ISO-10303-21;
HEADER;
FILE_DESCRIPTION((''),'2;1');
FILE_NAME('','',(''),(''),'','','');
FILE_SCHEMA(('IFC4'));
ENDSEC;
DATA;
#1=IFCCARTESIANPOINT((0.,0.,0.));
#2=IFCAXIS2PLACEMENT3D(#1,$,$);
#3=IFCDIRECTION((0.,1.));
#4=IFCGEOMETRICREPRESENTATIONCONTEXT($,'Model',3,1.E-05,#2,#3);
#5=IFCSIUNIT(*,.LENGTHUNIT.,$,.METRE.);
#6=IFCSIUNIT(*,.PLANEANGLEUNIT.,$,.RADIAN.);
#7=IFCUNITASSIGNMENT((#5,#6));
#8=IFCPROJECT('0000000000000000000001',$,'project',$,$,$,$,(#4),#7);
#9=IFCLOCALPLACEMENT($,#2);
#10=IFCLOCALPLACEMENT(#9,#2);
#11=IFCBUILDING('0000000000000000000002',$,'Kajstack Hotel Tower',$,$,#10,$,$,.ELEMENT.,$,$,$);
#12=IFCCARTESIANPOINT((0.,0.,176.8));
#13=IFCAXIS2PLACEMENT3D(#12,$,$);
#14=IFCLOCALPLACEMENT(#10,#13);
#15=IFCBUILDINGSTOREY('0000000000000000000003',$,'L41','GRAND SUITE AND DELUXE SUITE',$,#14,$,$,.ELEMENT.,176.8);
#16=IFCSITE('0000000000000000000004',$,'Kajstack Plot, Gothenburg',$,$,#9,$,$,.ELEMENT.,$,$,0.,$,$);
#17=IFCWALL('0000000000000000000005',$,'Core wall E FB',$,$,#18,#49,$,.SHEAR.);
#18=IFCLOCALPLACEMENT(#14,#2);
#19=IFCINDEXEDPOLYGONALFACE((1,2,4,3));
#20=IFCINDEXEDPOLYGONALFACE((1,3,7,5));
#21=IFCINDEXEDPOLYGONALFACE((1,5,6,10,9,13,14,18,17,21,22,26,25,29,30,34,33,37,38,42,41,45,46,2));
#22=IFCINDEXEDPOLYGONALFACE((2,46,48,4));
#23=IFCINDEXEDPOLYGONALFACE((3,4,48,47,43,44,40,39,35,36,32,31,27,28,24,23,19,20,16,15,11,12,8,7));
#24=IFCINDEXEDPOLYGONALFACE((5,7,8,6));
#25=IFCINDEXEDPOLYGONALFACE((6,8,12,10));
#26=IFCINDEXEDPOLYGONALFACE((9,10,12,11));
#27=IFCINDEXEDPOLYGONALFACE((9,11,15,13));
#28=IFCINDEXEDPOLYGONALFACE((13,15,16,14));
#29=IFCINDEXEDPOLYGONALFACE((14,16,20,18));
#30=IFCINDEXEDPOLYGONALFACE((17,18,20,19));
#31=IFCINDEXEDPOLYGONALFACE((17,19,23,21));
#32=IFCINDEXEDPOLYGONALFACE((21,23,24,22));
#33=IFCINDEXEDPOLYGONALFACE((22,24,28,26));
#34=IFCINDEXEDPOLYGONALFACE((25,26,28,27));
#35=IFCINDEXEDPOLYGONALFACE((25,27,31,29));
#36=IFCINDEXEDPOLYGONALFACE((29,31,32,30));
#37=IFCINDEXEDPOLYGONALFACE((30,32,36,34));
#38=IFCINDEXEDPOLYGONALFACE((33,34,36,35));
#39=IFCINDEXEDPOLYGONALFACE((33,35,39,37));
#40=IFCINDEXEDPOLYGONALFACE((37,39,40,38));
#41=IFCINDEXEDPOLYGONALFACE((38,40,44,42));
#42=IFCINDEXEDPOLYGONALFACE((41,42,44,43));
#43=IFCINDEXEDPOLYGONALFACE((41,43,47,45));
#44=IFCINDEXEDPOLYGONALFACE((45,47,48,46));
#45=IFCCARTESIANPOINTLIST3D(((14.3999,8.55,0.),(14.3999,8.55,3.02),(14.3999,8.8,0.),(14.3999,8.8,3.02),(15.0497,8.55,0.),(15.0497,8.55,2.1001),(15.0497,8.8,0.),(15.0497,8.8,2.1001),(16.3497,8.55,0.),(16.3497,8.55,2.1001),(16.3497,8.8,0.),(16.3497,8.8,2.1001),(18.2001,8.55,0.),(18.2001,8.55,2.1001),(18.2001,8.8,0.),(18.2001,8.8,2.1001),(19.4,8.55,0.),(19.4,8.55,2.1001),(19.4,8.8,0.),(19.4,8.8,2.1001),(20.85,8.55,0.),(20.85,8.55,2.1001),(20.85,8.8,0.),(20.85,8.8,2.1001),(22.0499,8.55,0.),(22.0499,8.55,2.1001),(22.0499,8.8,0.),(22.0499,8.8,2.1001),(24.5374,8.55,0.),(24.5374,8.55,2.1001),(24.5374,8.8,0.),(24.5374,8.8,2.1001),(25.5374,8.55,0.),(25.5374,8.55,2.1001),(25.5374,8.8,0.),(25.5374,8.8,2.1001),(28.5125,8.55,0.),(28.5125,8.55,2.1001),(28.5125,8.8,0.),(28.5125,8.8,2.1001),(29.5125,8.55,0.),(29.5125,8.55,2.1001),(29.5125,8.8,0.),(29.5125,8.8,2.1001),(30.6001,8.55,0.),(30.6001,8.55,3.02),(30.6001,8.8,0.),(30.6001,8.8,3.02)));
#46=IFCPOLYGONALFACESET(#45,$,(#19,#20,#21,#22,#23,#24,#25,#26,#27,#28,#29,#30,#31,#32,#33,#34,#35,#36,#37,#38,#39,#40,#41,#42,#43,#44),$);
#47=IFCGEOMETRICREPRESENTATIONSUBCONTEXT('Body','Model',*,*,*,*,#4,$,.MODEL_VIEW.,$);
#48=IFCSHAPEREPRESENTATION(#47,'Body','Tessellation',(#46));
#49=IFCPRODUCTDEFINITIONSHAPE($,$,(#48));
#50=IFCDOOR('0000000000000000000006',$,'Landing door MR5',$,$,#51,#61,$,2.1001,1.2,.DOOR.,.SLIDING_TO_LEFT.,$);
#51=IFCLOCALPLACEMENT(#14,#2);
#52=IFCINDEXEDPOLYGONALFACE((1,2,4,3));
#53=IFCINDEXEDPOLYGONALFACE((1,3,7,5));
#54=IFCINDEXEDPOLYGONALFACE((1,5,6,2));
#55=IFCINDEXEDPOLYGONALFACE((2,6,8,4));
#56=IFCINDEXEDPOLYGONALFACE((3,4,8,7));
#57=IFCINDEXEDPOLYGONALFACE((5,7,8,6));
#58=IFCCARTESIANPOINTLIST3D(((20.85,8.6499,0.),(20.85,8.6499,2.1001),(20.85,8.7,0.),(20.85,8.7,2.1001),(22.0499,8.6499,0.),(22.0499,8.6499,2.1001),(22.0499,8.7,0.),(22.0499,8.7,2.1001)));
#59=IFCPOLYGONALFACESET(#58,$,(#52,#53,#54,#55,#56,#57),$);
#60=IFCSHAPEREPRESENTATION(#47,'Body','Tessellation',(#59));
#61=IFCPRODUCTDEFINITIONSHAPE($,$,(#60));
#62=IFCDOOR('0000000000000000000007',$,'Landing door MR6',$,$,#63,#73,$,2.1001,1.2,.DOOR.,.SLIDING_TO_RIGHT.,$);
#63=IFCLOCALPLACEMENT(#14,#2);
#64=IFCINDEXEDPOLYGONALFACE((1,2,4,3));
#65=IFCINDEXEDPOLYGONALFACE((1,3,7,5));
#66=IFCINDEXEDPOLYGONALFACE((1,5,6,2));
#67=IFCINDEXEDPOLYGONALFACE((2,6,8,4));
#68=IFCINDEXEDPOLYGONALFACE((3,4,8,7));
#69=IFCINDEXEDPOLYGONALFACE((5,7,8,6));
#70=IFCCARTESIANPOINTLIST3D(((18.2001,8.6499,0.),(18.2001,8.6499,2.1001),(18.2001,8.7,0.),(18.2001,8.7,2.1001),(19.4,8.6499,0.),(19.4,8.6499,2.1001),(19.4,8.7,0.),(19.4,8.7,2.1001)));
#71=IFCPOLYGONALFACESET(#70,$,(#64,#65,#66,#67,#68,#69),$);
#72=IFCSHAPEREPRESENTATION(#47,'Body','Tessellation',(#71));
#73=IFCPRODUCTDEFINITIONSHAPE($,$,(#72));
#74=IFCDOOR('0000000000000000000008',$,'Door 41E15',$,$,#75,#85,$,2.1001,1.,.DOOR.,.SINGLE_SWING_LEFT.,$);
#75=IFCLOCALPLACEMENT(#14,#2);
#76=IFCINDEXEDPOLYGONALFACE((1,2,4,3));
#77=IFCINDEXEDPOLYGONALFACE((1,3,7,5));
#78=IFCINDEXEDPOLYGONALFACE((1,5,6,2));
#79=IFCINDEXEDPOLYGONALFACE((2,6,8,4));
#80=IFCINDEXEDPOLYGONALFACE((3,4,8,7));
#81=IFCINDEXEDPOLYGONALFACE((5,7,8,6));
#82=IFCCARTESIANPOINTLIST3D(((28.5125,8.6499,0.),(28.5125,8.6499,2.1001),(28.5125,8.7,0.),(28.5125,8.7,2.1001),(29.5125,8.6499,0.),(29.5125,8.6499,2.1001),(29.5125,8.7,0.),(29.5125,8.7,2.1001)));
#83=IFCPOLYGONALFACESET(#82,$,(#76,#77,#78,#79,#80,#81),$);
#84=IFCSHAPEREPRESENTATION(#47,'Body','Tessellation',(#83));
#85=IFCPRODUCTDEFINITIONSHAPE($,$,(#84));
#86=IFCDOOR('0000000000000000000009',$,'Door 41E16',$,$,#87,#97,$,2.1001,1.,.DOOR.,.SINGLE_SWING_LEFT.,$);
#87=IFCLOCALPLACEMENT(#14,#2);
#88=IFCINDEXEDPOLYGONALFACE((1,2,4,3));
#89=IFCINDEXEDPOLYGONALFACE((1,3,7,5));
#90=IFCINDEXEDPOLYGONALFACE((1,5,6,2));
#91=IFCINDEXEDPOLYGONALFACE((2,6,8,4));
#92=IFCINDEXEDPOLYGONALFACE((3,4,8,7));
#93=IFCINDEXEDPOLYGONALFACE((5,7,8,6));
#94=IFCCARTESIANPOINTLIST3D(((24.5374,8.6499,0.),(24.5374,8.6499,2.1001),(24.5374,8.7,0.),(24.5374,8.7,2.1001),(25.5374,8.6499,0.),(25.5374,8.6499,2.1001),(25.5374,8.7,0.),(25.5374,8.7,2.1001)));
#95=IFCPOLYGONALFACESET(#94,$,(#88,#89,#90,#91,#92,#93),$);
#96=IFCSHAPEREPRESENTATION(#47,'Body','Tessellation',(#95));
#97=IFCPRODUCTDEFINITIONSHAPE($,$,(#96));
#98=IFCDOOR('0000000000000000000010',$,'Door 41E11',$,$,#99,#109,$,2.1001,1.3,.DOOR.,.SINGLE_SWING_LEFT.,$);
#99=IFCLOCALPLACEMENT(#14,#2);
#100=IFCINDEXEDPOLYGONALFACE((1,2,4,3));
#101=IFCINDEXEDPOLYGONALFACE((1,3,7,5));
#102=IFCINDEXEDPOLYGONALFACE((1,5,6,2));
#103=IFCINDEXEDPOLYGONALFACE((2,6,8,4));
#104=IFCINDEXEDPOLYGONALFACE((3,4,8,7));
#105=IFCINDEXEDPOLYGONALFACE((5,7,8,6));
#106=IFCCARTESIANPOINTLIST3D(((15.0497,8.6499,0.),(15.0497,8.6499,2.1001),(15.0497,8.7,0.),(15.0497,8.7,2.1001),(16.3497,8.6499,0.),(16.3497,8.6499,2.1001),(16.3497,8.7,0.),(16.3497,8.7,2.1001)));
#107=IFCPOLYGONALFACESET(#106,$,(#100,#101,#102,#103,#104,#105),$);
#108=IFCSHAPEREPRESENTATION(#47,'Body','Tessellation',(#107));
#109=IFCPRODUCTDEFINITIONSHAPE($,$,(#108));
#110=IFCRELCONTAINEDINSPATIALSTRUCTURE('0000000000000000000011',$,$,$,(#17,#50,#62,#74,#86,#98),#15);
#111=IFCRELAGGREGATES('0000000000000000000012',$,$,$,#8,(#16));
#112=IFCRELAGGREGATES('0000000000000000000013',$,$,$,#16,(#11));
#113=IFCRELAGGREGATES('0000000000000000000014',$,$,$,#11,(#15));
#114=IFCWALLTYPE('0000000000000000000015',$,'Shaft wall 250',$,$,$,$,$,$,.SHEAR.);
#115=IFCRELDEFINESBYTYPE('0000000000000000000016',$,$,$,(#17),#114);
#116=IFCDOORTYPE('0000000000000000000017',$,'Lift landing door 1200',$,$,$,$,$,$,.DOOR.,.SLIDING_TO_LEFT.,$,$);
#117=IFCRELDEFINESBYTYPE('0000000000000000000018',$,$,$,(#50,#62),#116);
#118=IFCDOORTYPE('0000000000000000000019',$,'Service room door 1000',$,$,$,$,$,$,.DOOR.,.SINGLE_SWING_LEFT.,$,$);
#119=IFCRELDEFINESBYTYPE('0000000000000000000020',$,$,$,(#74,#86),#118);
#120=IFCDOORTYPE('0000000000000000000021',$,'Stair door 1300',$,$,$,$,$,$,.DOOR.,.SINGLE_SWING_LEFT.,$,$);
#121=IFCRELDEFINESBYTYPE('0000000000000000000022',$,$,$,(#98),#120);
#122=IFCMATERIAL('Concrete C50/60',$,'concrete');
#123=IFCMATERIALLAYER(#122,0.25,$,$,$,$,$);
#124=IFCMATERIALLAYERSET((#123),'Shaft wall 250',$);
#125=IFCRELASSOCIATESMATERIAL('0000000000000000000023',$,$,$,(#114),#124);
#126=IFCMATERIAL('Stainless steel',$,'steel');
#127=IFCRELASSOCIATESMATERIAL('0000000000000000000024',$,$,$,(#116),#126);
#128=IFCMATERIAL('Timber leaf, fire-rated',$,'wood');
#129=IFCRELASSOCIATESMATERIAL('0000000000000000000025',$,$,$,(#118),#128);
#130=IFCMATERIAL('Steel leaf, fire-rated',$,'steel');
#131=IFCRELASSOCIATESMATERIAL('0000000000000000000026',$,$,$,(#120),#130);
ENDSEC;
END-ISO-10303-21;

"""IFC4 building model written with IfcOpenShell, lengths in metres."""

from ifc_helpers import new_model, si_unit, direction, frame, frame_2d, origin, place, context, subcontext, project, spatial, rectangle, extrude, material, layer, layer_set, type_object, element, fill, save


model = new_model("IFC4")

# Units and contexts
model_context = context("Model", 3, precision=1e-05, world=origin(), true_north=direction((0.0, 1.0)))
body_context = subcontext(model_context, "Body", "Model", "MODEL_VIEW")
ifc_project = project(units=[si_unit("LENGTHUNIT", "METRE"), si_unit("PLANEANGLEUNIT", "RADIAN")], contexts=[model_context])

# Site, building, storey
site_placement = place(None, origin())
site = spatial("IfcSite", under=ifc_project, at=site_placement, Name="Kajstack Plot, Gothenburg", CompositionType="ELEMENT", RefElevation=0.0)
building_placement = place(site_placement, origin())
building = spatial("IfcBuilding", under=site, at=building_placement, Name="Kajstack Hotel Tower", CompositionType="ELEMENT")
storey_placement = place(building_placement, frame((0.0, 0.0, 176.8)))
storey = spatial("IfcBuildingStorey", under=building, at=storey_placement, Name="L41", Description="GRAND SUITE AND DELUXE SUITE", CompositionType="ELEMENT", Elevation=176.8)

# Wall, openings, doors
ifc_material_1 = material(Name="Concrete C50/60", Category="concrete")
ifc_layer_1 = layer(ifc_material_1, 0.25)
ifc_layer_set_1 = layer_set([ifc_layer_1], Name="Shaft wall 250")
wall_type_1 = type_object("IfcWallType", Name="Shaft wall 250", PredefinedType="SHEAR", material=ifc_layer_set_1)
wall_1_placement = place(storey_placement, frame((14.3999, 8.675, 0.0), z_axis=(0.0, 0.0, 1.0), x_axis=(1.0, 0.0, 0.0)))
wall_1 = element("IfcWall", 1, at=wall_1_placement, inside=storey, type_object=wall_type_1, Name="Core wall E FB", PredefinedType="SHEAR", context=body_context, shape_type="SweptSolid", body=[
    extrude(rectangle(XDim=16.2002, YDim=0.25, at=frame_2d((8.1001, 0.0))), origin(), (0.0, 0.0, 1.0), 3.02),
])
opening_1_placement = place(wall_1_placement, frame((6.45, 0.0, 0.0)))
opening_1 = element("IfcOpeningElement", 2, at=opening_1_placement, cuts=wall_1, PredefinedType="OPENING", context=body_context, shape_type="SweptSolid", body=[
    extrude(rectangle(XDim=1.2, YDim=2.1001, at=frame_2d((0.6001, 1.05))), frame((0.0, 0.135, 0.0), z_axis=(0.0, -1.0, 0.0), x_axis=(1.0, 0.0, 0.0)), (0.0, 0.0, 1.0), 0.27),
])
opening_2_placement = place(wall_1_placement, frame((3.8, 0.0, 0.0)))
opening_2 = element("IfcOpeningElement", 3, at=opening_2_placement, cuts=wall_1, PredefinedType="OPENING", context=body_context, shape_type="SweptSolid", body=[
    extrude(rectangle(XDim=1.2, YDim=2.1001, at=frame_2d((0.6001, 1.05))), frame((0.0, 0.135, 0.0), z_axis=(0.0, -1.0, 0.0), x_axis=(1.0, 0.0, 0.0)), (0.0, 0.0, 1.0), 0.27),
])
opening_3_placement = place(wall_1_placement, frame((0.6499, 0.0, 0.0)))
opening_3 = element("IfcOpeningElement", 4, at=opening_3_placement, cuts=wall_1, PredefinedType="OPENING", context=body_context, shape_type="SweptSolid", body=[
    extrude(rectangle(XDim=1.3, YDim=2.1001, at=frame_2d((0.6499, 1.05))), frame((0.0, 0.135, 0.0), z_axis=(0.0, -1.0, 0.0), x_axis=(1.0, 0.0, 0.0)), (0.0, 0.0, 1.0), 0.27),
])
opening_4_placement = place(wall_1_placement, frame((14.1125, 0.0, 0.0)))
opening_4 = element("IfcOpeningElement", 5, at=opening_4_placement, cuts=wall_1, PredefinedType="OPENING", context=body_context, shape_type="SweptSolid", body=[
    extrude(rectangle(XDim=1.0, YDim=2.1001, at=frame_2d((0.5, 1.05))), frame((0.0, 0.135, 0.0), z_axis=(0.0, -1.0, 0.0), x_axis=(1.0, 0.0, 0.0)), (0.0, 0.0, 1.0), 0.27),
])
opening_5_placement = place(wall_1_placement, frame((10.1375, 0.0, 0.0)))
opening_5 = element("IfcOpeningElement", 6, at=opening_5_placement, cuts=wall_1, PredefinedType="OPENING", context=body_context, shape_type="SweptSolid", body=[
    extrude(rectangle(XDim=1.0, YDim=2.1001, at=frame_2d((0.5, 1.05))), frame((0.0, 0.135, 0.0), z_axis=(0.0, -1.0, 0.0), x_axis=(1.0, 0.0, 0.0)), (0.0, 0.0, 1.0), 0.27),
])
ifc_material_2 = material(Name="Stainless steel", Category="steel")
door_type_1 = type_object("IfcDoorType", Name="Lift landing door 1200", OperationType="SLIDING_TO_LEFT", PredefinedType="DOOR", material=ifc_material_2)
door_1_placement = place(opening_1_placement, origin())
door_1 = element("IfcDoor", 7, at=door_1_placement, inside=storey, type_object=door_type_1, Name="Landing door MR5", OperationType="SLIDING_TO_LEFT", OverallHeight=2.1001, OverallWidth=1.2, PredefinedType="DOOR", context=body_context, shape_type="SweptSolid", body=[
    extrude(rectangle(XDim=1.2, YDim=2.1001, at=frame_2d((0.6001, 1.05))), frame((0.0, 0.0249, 0.0), z_axis=(0.0, -1.0, 0.0), x_axis=(1.0, 0.0, 0.0)), (0.0, 0.0, 1.0), 0.05),
])
fill(opening_1, door_1)
door_2_placement = place(opening_2_placement, origin())
door_2 = element("IfcDoor", 8, at=door_2_placement, inside=storey, type_object=door_type_1, Name="Landing door MR6", OperationType="SLIDING_TO_RIGHT", OverallHeight=2.1001, OverallWidth=1.2, PredefinedType="DOOR", context=body_context, shape_type="SweptSolid", body=[
    extrude(rectangle(XDim=1.2, YDim=2.1001, at=frame_2d((0.6001, 1.05))), frame((0.0, 0.0249, 0.0), z_axis=(0.0, -1.0, 0.0), x_axis=(1.0, 0.0, 0.0)), (0.0, 0.0, 1.0), 0.05),
])
fill(opening_2, door_2)
ifc_material_3 = material(Name="Timber leaf, fire-rated", Category="wood")
door_type_2 = type_object("IfcDoorType", Name="Service room door 1000", OperationType="SINGLE_SWING_LEFT", PredefinedType="DOOR", material=ifc_material_3)
door_3_placement = place(opening_4_placement, origin())
door_3 = element("IfcDoor", 9, at=door_3_placement, inside=storey, type_object=door_type_2, Name="Door 41E15", OperationType="SINGLE_SWING_LEFT", OverallHeight=2.1001, OverallWidth=1.0, PredefinedType="DOOR", context=body_context, shape_type="SweptSolid", body=[
    extrude(rectangle(XDim=1.0, YDim=2.1001, at=frame_2d((0.5, 1.05))), frame((0.0, 0.0249, 0.0), z_axis=(0.0, -1.0, 0.0), x_axis=(1.0, 0.0, 0.0)), (0.0, 0.0, 1.0), 0.05),
])
fill(opening_4, door_3)
door_4_placement = place(opening_5_placement, origin())
door_4 = element("IfcDoor", 10, at=door_4_placement, inside=storey, type_object=door_type_2, Name="Door 41E16", OperationType="SINGLE_SWING_LEFT", OverallHeight=2.1001, OverallWidth=1.0, PredefinedType="DOOR", context=body_context, shape_type="SweptSolid", body=[
    extrude(rectangle(XDim=1.0, YDim=2.1001, at=frame_2d((0.5, 1.05))), frame((0.0, 0.0249, 0.0), z_axis=(0.0, -1.0, 0.0), x_axis=(1.0, 0.0, 0.0)), (0.0, 0.0, 1.0), 0.05),
])
fill(opening_5, door_4)
ifc_material_4 = material(Name="Steel leaf, fire-rated", Category="steel")
door_type_3 = type_object("IfcDoorType", Name="Stair door 1300", OperationType="SINGLE_SWING_LEFT", PredefinedType="DOOR", material=ifc_material_4)
door_5_placement = place(opening_3_placement, origin())
door_5 = element("IfcDoor", 11, at=door_5_placement, inside=storey, type_object=door_type_3, Name="Door 41E11", OperationType="SINGLE_SWING_LEFT", OverallHeight=2.1001, OverallWidth=1.3, PredefinedType="DOOR", context=body_context, shape_type="SweptSolid", body=[
    extrude(rectangle(XDim=1.3, YDim=2.1001, at=frame_2d((0.6499, 1.05))), frame((0.0, 0.0249, 0.0), z_axis=(0.0, -1.0, 0.0), x_axis=(1.0, 0.0, 0.0)), (0.0, 0.0, 1.0), 0.05),
])
fill(opening_3, door_5)

save(model, "model.ifc")
